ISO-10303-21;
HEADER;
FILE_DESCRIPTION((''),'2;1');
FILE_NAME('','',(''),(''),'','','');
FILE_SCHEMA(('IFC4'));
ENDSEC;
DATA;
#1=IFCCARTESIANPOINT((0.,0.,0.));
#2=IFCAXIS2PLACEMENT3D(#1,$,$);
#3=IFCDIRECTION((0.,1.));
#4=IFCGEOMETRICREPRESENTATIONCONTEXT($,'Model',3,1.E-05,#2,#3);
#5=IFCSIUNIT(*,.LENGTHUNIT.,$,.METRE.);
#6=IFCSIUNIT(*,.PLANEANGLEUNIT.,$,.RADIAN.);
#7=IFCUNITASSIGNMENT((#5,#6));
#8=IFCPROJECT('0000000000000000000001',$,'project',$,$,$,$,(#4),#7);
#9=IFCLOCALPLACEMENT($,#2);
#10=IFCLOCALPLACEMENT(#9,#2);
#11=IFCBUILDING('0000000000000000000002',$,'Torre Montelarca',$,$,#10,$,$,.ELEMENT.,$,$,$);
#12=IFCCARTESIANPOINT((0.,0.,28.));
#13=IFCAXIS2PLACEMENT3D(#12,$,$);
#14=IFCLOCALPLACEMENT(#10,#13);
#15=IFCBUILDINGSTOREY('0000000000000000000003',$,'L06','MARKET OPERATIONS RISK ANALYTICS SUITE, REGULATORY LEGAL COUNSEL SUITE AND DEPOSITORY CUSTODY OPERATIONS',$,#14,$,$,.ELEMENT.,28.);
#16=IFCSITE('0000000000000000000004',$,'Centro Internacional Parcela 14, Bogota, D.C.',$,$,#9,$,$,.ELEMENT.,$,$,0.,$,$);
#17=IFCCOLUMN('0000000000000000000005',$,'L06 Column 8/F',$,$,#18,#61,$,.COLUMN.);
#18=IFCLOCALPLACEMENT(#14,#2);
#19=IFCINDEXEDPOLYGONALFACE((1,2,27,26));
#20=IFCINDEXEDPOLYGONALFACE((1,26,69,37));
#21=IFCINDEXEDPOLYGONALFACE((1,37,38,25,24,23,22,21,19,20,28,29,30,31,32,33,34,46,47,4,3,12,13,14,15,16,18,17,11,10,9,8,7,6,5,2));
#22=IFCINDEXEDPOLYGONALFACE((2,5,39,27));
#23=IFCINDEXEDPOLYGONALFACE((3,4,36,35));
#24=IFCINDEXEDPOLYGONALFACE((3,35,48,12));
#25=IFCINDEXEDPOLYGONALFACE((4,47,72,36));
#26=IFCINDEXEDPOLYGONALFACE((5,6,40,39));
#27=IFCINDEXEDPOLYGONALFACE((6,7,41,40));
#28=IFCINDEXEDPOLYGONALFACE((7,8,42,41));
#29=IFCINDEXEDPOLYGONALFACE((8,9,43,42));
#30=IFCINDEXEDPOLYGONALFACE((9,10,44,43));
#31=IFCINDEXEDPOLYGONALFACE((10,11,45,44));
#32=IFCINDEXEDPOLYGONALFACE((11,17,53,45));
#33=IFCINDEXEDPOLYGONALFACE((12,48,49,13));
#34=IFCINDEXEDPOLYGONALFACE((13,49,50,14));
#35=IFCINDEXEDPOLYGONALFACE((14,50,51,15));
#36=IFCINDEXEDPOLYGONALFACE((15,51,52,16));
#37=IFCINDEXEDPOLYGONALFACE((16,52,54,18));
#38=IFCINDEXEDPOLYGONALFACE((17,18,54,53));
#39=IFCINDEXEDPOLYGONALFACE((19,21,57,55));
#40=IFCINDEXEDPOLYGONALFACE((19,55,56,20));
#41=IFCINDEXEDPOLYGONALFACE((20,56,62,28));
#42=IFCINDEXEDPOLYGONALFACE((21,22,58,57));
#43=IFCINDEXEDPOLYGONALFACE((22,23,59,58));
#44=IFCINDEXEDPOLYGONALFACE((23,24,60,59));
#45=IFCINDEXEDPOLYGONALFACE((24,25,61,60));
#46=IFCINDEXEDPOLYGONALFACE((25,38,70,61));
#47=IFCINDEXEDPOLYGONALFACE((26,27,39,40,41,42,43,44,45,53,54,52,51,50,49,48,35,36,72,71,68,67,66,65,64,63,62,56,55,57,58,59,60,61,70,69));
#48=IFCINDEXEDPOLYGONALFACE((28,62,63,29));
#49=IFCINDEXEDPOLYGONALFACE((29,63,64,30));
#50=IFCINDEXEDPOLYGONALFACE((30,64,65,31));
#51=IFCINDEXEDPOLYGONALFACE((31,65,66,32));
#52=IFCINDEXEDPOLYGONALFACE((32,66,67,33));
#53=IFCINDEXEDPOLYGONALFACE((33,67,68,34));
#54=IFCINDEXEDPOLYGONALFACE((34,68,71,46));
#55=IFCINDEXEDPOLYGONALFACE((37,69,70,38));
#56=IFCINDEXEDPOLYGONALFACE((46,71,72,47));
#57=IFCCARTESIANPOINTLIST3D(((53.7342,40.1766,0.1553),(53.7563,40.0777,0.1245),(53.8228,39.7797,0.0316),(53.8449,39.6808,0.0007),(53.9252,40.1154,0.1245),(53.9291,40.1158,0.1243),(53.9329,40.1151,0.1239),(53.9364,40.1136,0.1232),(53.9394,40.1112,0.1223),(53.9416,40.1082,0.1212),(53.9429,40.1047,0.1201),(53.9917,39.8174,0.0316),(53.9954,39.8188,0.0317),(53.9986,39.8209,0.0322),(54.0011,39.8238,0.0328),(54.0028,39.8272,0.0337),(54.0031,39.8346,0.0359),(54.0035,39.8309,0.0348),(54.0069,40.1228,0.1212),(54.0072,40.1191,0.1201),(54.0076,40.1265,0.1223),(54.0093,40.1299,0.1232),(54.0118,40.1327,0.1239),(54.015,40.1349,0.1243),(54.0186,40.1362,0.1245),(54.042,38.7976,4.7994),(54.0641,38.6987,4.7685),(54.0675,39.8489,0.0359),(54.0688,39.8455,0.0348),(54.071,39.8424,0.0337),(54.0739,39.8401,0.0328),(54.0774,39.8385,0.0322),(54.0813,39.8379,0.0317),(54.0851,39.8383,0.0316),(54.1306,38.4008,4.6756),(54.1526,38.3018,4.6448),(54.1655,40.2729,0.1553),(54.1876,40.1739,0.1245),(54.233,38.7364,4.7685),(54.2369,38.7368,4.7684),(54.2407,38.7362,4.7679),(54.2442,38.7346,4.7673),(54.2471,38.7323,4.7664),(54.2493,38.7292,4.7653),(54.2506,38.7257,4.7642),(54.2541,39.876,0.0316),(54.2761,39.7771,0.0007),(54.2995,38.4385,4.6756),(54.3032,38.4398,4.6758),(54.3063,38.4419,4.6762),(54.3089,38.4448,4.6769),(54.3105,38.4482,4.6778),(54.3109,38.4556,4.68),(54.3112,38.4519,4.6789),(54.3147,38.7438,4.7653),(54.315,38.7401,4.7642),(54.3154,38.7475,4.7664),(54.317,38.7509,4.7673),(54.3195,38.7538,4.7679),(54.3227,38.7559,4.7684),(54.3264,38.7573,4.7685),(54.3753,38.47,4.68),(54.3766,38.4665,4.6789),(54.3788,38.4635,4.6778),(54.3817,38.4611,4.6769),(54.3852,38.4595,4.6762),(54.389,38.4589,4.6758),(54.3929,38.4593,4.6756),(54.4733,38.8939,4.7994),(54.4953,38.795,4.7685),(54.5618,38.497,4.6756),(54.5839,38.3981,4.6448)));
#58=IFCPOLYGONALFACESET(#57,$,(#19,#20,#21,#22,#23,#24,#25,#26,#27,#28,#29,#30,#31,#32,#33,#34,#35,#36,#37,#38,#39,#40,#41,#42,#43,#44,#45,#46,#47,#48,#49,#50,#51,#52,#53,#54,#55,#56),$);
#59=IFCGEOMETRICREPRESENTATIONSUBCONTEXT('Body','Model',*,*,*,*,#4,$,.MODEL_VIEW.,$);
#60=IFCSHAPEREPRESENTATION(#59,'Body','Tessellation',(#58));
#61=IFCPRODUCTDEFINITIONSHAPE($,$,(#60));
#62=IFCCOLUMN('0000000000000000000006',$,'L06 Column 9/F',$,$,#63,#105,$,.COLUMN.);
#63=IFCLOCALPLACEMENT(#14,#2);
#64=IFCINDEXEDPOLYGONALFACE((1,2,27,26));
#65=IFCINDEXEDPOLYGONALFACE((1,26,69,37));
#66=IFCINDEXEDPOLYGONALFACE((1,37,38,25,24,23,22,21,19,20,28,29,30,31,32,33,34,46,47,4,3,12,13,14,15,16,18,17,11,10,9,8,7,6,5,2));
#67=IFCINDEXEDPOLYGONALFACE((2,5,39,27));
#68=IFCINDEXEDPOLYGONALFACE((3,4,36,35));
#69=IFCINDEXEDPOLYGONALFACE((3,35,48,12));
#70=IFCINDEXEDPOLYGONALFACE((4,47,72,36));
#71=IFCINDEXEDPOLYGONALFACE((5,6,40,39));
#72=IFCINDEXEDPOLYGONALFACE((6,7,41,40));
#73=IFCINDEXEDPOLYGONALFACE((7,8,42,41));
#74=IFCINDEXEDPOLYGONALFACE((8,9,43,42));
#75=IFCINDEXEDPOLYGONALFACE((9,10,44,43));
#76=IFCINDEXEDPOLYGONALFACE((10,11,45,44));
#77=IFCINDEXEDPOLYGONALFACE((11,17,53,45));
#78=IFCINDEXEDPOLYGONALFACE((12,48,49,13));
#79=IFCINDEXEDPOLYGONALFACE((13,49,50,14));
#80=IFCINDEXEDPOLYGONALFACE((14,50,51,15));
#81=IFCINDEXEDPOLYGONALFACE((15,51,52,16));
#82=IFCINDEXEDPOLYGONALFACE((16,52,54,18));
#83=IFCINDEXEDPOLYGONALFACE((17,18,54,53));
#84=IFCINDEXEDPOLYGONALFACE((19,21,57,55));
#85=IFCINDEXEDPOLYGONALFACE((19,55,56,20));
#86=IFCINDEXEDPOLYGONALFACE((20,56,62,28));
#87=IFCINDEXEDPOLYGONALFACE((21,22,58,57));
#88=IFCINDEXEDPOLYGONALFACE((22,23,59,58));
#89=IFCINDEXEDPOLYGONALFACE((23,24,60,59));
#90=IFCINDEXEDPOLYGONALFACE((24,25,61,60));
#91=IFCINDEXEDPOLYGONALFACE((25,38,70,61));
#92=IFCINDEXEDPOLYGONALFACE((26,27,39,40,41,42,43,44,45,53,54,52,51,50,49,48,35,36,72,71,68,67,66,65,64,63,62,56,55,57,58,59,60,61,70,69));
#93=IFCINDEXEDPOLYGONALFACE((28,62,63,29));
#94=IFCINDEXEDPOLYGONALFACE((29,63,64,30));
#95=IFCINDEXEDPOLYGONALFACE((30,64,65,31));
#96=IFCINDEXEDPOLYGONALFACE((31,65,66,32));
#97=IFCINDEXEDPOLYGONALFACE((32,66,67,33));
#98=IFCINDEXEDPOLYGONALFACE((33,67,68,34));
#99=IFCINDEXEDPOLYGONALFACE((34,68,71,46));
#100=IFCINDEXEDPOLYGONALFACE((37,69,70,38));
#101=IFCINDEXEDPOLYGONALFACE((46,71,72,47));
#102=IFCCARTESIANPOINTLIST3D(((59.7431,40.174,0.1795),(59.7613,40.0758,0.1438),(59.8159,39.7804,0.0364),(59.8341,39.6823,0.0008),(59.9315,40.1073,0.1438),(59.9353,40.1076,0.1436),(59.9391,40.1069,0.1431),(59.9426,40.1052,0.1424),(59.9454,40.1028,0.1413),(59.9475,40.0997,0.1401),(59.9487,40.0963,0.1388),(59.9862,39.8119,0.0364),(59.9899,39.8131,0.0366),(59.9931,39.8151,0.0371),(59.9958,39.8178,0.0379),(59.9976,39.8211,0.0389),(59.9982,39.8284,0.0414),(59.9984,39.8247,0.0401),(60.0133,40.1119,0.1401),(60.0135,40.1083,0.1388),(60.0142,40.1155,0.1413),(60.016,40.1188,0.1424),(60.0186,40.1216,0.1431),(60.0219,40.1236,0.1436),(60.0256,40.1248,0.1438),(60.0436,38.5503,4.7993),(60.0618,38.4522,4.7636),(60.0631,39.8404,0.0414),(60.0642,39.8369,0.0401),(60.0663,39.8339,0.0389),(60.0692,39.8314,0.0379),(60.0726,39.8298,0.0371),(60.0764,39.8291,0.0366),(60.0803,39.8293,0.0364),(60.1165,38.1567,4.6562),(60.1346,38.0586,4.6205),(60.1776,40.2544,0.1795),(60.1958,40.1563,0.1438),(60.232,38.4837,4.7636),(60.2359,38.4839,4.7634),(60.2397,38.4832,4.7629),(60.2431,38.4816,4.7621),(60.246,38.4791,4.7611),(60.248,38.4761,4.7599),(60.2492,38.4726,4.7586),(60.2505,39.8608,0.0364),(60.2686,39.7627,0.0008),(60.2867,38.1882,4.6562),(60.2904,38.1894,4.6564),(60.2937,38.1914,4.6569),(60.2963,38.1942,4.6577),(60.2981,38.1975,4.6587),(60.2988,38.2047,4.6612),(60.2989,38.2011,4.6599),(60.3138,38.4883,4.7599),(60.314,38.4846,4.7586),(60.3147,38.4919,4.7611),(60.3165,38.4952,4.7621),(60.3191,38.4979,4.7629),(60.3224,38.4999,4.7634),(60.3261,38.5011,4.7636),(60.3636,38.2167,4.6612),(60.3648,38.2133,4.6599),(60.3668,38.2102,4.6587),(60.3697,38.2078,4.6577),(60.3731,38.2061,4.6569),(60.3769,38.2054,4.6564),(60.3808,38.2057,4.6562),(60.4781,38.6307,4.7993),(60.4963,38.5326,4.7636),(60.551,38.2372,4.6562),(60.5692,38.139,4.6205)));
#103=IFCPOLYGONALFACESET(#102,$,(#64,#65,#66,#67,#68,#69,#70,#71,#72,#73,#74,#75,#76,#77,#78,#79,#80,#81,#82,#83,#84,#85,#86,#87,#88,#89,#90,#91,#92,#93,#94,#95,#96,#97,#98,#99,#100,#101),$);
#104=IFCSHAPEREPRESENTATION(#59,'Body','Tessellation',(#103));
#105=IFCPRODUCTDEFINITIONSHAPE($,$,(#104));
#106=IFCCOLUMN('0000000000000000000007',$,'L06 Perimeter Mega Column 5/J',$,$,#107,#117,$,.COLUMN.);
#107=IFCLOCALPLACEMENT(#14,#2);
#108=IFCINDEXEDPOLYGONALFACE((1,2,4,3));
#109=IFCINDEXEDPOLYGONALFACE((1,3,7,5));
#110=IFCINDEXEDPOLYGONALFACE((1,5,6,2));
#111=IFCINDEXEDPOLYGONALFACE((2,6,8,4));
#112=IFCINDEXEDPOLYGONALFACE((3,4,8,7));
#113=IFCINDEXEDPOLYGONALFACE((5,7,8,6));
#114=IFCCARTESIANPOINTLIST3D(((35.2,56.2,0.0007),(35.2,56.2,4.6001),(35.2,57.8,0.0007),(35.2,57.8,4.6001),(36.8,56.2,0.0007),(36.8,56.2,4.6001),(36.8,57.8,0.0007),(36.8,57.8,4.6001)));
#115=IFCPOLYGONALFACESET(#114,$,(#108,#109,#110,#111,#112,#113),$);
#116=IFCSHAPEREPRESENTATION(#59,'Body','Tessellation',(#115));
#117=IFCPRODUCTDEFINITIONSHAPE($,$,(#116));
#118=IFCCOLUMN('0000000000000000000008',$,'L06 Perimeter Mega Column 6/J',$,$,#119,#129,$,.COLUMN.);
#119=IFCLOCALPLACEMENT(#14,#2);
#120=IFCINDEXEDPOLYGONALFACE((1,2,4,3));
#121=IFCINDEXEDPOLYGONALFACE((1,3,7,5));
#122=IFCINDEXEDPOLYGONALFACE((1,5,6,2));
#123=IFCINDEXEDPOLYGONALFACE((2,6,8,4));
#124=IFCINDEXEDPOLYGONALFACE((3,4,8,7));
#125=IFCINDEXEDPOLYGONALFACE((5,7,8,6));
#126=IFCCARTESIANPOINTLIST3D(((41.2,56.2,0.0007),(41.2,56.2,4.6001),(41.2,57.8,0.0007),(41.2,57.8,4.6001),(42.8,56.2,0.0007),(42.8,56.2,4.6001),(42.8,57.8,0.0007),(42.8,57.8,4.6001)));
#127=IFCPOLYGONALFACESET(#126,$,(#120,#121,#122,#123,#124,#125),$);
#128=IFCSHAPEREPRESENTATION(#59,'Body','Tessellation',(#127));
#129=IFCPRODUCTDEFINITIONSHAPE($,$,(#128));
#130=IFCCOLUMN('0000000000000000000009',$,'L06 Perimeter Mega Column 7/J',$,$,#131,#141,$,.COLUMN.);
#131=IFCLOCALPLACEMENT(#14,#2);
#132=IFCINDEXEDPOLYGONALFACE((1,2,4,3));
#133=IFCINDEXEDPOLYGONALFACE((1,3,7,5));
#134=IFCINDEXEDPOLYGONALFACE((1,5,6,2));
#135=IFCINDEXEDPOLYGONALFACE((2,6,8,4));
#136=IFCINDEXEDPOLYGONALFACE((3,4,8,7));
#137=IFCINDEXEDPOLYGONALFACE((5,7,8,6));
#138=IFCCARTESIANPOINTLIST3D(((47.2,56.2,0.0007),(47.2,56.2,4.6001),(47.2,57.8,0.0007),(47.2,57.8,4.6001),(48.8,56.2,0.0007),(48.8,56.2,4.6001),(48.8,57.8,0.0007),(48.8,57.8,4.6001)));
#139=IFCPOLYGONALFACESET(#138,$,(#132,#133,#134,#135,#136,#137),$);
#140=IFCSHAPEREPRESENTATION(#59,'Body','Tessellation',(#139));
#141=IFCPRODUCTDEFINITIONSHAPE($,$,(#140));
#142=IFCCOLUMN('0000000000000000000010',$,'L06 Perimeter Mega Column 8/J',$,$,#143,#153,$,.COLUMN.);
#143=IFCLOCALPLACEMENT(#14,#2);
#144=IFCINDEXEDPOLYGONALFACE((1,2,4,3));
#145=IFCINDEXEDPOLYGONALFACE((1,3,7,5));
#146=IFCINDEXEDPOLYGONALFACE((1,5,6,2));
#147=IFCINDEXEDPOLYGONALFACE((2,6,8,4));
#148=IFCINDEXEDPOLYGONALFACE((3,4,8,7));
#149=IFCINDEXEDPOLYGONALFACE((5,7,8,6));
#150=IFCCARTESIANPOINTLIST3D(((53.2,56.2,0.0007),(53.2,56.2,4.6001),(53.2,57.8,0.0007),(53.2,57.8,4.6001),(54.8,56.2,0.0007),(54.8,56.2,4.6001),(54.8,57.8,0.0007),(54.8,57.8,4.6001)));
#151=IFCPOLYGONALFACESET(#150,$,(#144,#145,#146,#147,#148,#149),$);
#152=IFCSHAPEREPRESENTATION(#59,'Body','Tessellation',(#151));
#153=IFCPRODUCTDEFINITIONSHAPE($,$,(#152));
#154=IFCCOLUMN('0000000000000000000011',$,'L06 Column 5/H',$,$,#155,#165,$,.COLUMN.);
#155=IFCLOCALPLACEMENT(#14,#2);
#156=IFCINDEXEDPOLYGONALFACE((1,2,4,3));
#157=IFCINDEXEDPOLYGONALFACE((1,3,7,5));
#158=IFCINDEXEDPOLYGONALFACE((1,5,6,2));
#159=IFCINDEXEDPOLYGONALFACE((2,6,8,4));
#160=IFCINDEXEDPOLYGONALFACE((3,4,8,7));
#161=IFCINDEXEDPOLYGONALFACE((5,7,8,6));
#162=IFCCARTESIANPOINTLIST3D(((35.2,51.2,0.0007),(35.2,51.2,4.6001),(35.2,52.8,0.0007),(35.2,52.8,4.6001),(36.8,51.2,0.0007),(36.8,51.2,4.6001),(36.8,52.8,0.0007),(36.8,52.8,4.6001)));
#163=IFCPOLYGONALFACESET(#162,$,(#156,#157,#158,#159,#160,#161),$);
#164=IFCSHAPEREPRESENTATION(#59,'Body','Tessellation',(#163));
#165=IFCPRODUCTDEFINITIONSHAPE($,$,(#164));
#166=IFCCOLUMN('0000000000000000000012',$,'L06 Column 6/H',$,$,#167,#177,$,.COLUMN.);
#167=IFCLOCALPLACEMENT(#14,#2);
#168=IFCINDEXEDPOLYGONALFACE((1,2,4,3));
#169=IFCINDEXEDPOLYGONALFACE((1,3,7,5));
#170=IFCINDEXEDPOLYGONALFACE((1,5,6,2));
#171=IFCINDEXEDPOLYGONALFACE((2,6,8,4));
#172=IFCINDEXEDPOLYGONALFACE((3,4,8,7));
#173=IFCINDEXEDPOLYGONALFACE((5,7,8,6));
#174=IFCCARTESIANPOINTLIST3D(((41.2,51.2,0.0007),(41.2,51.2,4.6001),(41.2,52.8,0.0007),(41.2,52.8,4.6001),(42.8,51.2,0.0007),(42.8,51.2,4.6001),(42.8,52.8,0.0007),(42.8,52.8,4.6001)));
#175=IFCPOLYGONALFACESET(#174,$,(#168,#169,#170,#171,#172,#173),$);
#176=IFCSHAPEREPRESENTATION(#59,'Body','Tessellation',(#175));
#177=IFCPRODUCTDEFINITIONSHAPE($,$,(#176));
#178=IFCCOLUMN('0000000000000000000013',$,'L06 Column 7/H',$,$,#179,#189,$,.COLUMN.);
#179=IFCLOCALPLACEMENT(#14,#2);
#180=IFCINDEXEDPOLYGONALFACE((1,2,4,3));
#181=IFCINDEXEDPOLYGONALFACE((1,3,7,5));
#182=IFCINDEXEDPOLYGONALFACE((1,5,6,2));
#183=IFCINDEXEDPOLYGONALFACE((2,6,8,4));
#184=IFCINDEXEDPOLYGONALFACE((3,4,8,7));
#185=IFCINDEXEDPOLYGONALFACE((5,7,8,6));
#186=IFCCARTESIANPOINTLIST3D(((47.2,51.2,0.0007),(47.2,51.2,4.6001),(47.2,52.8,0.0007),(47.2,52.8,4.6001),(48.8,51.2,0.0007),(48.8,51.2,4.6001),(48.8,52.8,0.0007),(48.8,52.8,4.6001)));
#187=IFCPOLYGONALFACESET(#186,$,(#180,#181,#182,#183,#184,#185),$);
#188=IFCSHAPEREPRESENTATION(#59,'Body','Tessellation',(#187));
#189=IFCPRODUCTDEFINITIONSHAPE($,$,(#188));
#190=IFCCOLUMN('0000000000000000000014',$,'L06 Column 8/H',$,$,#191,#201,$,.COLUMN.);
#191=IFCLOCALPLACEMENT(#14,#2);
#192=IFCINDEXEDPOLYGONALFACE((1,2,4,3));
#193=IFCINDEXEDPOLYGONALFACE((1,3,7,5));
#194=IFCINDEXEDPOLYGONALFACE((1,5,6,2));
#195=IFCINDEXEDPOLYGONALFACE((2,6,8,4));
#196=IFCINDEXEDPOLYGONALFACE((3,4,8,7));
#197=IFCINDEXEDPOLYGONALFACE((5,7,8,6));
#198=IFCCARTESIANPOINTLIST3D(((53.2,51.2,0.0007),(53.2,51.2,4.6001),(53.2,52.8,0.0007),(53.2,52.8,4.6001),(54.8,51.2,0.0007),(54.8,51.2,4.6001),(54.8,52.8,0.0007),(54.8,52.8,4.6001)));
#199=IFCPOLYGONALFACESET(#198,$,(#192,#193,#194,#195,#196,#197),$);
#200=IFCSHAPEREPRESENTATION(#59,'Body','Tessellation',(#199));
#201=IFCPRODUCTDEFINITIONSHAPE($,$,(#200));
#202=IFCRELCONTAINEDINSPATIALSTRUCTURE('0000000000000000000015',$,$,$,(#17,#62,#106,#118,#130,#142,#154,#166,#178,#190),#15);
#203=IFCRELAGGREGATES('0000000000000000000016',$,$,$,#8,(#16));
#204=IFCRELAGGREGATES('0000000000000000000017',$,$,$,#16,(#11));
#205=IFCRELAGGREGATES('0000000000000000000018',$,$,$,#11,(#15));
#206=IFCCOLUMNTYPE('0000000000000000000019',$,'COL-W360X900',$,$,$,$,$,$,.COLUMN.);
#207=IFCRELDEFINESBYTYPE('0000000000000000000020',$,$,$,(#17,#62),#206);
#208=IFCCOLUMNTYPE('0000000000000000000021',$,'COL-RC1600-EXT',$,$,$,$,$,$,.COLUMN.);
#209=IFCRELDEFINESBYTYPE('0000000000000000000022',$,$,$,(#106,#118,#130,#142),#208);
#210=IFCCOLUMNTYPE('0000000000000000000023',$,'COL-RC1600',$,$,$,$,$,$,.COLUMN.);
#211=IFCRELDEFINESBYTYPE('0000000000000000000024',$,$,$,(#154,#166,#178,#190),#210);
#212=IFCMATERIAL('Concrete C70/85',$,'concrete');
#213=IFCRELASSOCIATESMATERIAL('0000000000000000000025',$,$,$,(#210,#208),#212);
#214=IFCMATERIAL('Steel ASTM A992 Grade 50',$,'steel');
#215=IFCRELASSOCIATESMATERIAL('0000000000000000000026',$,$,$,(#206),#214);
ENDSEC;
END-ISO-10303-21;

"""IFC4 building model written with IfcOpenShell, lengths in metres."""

from ifc_helpers import new_model, si_unit, direction, frame, origin, origin_2d, place, context, subcontext, project, spatial, rectangle, i_section, extrude, clip, halfspace, source, transform, mapped, material, material_profile, profile_set, type_object, element, save


model = new_model("IFC4")

# Units and contexts
model_context = context("Model", 3, precision=1e-05, world=origin(), true_north=direction((0.0, 1.0)))
body_context = subcontext(model_context, "Body", "Model", "MODEL_VIEW")
ifc_project = project(units=[si_unit("LENGTHUNIT", "METRE"), si_unit("PLANEANGLEUNIT", "RADIAN")], contexts=[model_context])

# Site, building, storey
site_placement = place(None, origin())
site = spatial("IfcSite", under=ifc_project, at=site_placement, Name="Centro Internacional Parcela 14, Bogota, D.C.", CompositionType="ELEMENT", RefElevation=0.0)
building_placement = place(site_placement, origin())
building = spatial("IfcBuilding", under=site, at=building_placement, Name="Torre Montelarca", CompositionType="ELEMENT")
storey_placement = place(building_placement, frame((0.0, 0.0, 28.0)))
storey = spatial("IfcBuildingStorey", under=building, at=storey_placement, Name="L06", Description="MARKET OPERATIONS RISK ANALYTICS SUITE, REGULATORY LEGAL COUNSEL SUITE AND DEPOSITORY CUSTODY OPERATIONS", CompositionType="ELEMENT", Elevation=28.0)

# Columns
ifc_material_1 = material(Name="Concrete C70/85", Category="concrete")
ifc_material_profile_1 = material_profile(ifc_material_1, rectangle(XDim=1.6001, YDim=1.6001, at=origin_2d()), Name="RC1600X1600", Category="concrete")
ifc_profile_set_1 = profile_set([ifc_material_profile_1], Name="Concrete C70/85")
column_type_1 = type_object("IfcColumnType", Name="COL-RC1600", PredefinedType="COLUMN", material=ifc_profile_set_1)
ifc_material_2 = material(Name="Steel ASTM A992 Grade 50", Category="steel")
ifc_material_profile_2 = material_profile(ifc_material_2, i_section(OverallWidth=0.4419, OverallDepth=0.531, WebThickness=0.0659, FlangeThickness=0.106, FilletRadius=0.0149, at=origin_2d()), Name="W360X900", Category="steel")
ifc_profile_set_2 = profile_set([ifc_material_profile_2], Name="Steel ASTM A992 Grade 50")
column_type_2 = type_object("IfcColumnType", Name="COL-W360X900", PredefinedType="COLUMN", material=ifc_profile_set_2)
column_1_placement = place(storey_placement, frame((54.0, 40.0, 0.0), z_axis=(0.063404, -0.284077, 0.956703), x_axis=(0.975986, 0.217833, 0.0)))
element("IfcColumn", 1, at=column_1_placement, inside=storey, type_object=column_type_2, Name="L06 Column 8/F", PredefinedType="COLUMN", context=body_context, shape_type="Clipping", body=[
    clip(clip(extrude(i_section(OverallWidth=0.4419, OverallDepth=0.531, WebThickness=0.0659, FlangeThickness=0.106, FilletRadius=0.0149, at=origin_2d()), origin(), (0.0, 0.0, 1.0), 5.0173), halfspace(frame((0.0, 0.0, 0.0815), z_axis=(0.0, 0.0, -1.0), x_axis=(1.0, 0.0, 0.0)), False)), halfspace(frame((0.0, 0.0, 4.9358), z_axis=(0.0, 0.0, 1.0), x_axis=(1.0, 0.0, 0.0)), False)),
])
column_2_placement = place(storey_placement, frame((60.0, 40.0, 0.0), z_axis=(0.061257, -0.330952, 0.941657), x_axis=(0.983298, 0.182003, 0.0)))
element("IfcColumn", 2, at=column_2_placement, inside=storey, type_object=column_type_2, Name="L06 Column 9/F", PredefinedType="COLUMN", context=body_context, shape_type="Clipping", body=[
    clip(clip(extrude(i_section(OverallWidth=0.4419, OverallDepth=0.531, WebThickness=0.0659, FlangeThickness=0.106, FilletRadius=0.0149, at=origin_2d()), origin(), (0.0, 0.0, 1.0), 5.0974), halfspace(frame((0.0, 0.0, 0.0957), z_axis=(0.0, 0.0, -1.0), x_axis=(1.0, 0.0, 0.0)), False)), halfspace(frame((0.0, 0.0, 5.0017), z_axis=(0.0, 0.0, 1.0), x_axis=(1.0, 0.0, 0.0)), False)),
])
ifc_material_profile_3 = material_profile(ifc_material_1, rectangle(XDim=1.6001, YDim=1.6001, at=origin_2d()), Name="RC1600X1600", Category="concrete")
ifc_profile_set_3 = profile_set([ifc_material_profile_3], Name="Concrete C70/85")
column_type_3 = type_object("IfcColumnType", Name="COL-RC1600-EXT", PredefinedType="COLUMN", material=ifc_profile_set_3)
shared_shape_1 = source(origin(), body_context, "Body", "SweptSolid", [
    extrude(rectangle(XDim=1.6001, YDim=1.6001, at=origin_2d()), origin(), (0.0, 0.0, 1.0), 4.5994),
])
for number, where, z_axis, x_axis, name in (
    (3, (36.0, 57.0, 0.0007), (0.0, 0.0, 1.0), (1.0, 0.0, 0.0), "L06 Perimeter Mega Column 5/J"),
    (4, (42.0, 57.0, 0.0007), (0.0, 0.0, 1.0), (1.0, 0.0, 0.0), "L06 Perimeter Mega Column 6/J"),
    (5, (48.0, 57.0, 0.0007), (0.0, 0.0, 1.0), (1.0, 0.0, 0.0), "L06 Perimeter Mega Column 7/J"),
    (6, (54.0, 57.0, 0.0007), (0.0, 0.0, 1.0), (1.0, 0.0, 0.0), "L06 Perimeter Mega Column 8/J"),
):
    element("IfcColumn", number, at=place(storey_placement, frame(where, z_axis=z_axis, x_axis=x_axis)), inside=storey, type_object=column_type_3, Name=name, PredefinedType="COLUMN", context=body_context, shape_type="MappedRepresentation", body=[
        mapped(shared_shape_1, transform((0.0, 0.0, 0.0), scale=1.0)),
    ])
shared_shape_2 = source(origin(), body_context, "Body", "SweptSolid", [
    extrude(rectangle(XDim=1.6001, YDim=1.6001, at=origin_2d()), origin(), (0.0, 0.0, 1.0), 4.5994),
])
for number, where, z_axis, x_axis, name in (
    (7, (36.0, 52.0, 0.0007), (0.0, 0.0, 1.0), (1.0, 0.0, 0.0), "L06 Column 5/H"),
    (8, (42.0, 52.0, 0.0007), (0.0, 0.0, 1.0), (1.0, 0.0, 0.0), "L06 Column 6/H"),
    (9, (48.0, 52.0, 0.0007), (0.0, 0.0, 1.0), (1.0, 0.0, 0.0), "L06 Column 7/H"),
    (10, (54.0, 52.0, 0.0007), (0.0, 0.0, 1.0), (1.0, 0.0, 0.0), "L06 Column 8/H"),
):
    element("IfcColumn", number, at=place(storey_placement, frame(where, z_axis=z_axis, x_axis=x_axis)), inside=storey, type_object=column_type_1, Name=name, PredefinedType="COLUMN", context=body_context, shape_type="MappedRepresentation", body=[
        mapped(shared_shape_2, transform((0.0, 0.0, 0.0), scale=1.0)),
    ])

save(model, "model.ifc")
